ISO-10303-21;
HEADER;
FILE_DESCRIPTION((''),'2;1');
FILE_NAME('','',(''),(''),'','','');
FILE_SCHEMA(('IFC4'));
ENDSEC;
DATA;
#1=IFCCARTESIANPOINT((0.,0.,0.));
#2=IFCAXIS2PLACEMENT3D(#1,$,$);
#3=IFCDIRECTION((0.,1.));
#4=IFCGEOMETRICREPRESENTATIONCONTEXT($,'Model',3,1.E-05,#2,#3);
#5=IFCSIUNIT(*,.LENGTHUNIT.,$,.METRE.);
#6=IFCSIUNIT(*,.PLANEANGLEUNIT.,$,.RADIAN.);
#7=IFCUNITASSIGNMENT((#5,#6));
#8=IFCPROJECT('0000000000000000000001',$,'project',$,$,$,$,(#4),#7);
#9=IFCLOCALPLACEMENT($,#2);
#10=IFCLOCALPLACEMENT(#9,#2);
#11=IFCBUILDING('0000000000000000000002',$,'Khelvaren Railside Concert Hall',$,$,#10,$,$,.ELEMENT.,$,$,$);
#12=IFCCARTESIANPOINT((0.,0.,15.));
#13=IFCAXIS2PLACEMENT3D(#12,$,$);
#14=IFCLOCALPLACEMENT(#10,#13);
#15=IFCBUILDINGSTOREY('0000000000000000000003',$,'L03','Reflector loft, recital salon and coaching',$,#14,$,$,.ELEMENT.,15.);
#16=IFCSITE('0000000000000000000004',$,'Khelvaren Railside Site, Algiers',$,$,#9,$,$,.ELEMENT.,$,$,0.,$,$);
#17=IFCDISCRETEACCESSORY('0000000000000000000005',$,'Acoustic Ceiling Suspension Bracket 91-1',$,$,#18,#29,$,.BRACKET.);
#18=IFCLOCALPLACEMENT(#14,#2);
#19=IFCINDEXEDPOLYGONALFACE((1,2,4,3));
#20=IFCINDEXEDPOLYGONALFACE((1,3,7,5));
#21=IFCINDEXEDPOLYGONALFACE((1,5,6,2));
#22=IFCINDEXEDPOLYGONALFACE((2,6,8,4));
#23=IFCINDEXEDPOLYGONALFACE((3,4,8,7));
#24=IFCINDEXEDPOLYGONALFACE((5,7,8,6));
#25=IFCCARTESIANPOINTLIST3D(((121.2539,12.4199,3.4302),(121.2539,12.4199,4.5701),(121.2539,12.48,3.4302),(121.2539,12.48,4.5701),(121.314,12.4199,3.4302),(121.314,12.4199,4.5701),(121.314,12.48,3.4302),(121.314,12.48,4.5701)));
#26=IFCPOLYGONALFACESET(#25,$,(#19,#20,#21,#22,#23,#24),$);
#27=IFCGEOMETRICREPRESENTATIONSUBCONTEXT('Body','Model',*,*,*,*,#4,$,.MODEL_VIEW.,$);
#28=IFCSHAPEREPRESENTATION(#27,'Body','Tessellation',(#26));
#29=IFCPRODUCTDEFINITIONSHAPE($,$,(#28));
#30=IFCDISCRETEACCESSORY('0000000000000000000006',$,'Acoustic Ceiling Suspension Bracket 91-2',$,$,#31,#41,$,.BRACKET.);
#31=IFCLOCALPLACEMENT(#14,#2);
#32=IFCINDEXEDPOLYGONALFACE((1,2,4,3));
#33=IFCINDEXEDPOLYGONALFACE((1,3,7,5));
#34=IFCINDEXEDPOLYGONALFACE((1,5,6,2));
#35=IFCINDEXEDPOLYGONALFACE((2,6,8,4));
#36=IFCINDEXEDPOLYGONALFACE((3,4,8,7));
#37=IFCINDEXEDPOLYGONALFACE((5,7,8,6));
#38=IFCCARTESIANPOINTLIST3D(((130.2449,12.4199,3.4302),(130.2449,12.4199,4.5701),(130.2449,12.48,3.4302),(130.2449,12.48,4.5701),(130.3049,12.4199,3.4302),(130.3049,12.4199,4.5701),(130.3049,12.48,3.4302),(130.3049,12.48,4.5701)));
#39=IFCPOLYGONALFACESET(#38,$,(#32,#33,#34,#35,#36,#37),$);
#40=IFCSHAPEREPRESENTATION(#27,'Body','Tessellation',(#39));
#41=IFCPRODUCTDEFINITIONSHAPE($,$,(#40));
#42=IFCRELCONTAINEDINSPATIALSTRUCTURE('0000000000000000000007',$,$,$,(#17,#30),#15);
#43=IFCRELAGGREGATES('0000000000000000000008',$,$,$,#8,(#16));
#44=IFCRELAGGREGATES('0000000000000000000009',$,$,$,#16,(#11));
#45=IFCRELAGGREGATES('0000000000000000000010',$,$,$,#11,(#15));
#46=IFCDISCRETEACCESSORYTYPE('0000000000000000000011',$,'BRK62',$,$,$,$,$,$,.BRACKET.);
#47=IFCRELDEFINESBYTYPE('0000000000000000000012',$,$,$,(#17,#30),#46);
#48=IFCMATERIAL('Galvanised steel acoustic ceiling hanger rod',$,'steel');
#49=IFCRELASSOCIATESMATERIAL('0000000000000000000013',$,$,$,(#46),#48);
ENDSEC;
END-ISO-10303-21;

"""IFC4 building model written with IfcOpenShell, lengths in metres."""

from ifc_helpers import new_model, si_unit, direction, frame, origin, origin_2d, place, context, subcontext, project, spatial, rectangle, extrude, material, type_object, element, save


model = new_model("IFC4")

# Units and contexts
model_context = context("Model", 3, precision=1e-05, world=origin(), true_north=direction((0.0, 1.0)))
body_context = subcontext(model_context, "Body", "Model", "MODEL_VIEW")
ifc_project = project(units=[si_unit("LENGTHUNIT", "METRE"), si_unit("PLANEANGLEUNIT", "RADIAN")], contexts=[model_context])

# Site, building, storey
site_placement = place(None, origin())
site = spatial("IfcSite", under=ifc_project, at=site_placement, Name="Khelvaren Railside Site, Algiers", CompositionType="ELEMENT", RefElevation=0.0)
building_placement = place(site_placement, origin())
building = spatial("IfcBuilding", under=site, at=building_placement, Name="Khelvaren Railside Concert Hall", CompositionType="ELEMENT")
storey_placement = place(building_placement, frame((0.0, 0.0, 15.0)))
storey = spatial("IfcBuildingStorey", under=building, at=storey_placement, Name="L03", Description="Reflector loft, recital salon and coaching", CompositionType="ELEMENT", Elevation=15.0)

# Discrete accessories
ifc_material_1 = material(Name="Galvanised steel acoustic ceiling hanger rod", Category="steel")
discrete_accessory_type = type_object("IfcDiscreteAccessoryType", Name="BRK62", PredefinedType="BRACKET", material=ifc_material_1)
for number, where, z_axis, x_axis, name in (
    (1, (121.2839, 12.45, 3.4302), (0.0, 0.0, 1.0), (1.0, 0.0, 0.0), "Acoustic Ceiling Suspension Bracket 91-1"),
    (2, (130.2749, 12.45, 3.4302), (0.0, 0.0, 1.0), (1.0, 0.0, 0.0), "Acoustic Ceiling Suspension Bracket 91-2"),
):
    element("IfcDiscreteAccessory", number, at=place(storey_placement, frame(where, z_axis=z_axis, x_axis=x_axis)), inside=storey, type_object=discrete_accessory_type, Name=name, PredefinedType="BRACKET", context=body_context, shape_type="SweptSolid", body=[
        extrude(rectangle(XDim=0.0601, YDim=0.0601, at=origin_2d()), origin(), (0.0, 0.0, 1.0), 1.1399),
    ])

save(model, "model.ifc")
